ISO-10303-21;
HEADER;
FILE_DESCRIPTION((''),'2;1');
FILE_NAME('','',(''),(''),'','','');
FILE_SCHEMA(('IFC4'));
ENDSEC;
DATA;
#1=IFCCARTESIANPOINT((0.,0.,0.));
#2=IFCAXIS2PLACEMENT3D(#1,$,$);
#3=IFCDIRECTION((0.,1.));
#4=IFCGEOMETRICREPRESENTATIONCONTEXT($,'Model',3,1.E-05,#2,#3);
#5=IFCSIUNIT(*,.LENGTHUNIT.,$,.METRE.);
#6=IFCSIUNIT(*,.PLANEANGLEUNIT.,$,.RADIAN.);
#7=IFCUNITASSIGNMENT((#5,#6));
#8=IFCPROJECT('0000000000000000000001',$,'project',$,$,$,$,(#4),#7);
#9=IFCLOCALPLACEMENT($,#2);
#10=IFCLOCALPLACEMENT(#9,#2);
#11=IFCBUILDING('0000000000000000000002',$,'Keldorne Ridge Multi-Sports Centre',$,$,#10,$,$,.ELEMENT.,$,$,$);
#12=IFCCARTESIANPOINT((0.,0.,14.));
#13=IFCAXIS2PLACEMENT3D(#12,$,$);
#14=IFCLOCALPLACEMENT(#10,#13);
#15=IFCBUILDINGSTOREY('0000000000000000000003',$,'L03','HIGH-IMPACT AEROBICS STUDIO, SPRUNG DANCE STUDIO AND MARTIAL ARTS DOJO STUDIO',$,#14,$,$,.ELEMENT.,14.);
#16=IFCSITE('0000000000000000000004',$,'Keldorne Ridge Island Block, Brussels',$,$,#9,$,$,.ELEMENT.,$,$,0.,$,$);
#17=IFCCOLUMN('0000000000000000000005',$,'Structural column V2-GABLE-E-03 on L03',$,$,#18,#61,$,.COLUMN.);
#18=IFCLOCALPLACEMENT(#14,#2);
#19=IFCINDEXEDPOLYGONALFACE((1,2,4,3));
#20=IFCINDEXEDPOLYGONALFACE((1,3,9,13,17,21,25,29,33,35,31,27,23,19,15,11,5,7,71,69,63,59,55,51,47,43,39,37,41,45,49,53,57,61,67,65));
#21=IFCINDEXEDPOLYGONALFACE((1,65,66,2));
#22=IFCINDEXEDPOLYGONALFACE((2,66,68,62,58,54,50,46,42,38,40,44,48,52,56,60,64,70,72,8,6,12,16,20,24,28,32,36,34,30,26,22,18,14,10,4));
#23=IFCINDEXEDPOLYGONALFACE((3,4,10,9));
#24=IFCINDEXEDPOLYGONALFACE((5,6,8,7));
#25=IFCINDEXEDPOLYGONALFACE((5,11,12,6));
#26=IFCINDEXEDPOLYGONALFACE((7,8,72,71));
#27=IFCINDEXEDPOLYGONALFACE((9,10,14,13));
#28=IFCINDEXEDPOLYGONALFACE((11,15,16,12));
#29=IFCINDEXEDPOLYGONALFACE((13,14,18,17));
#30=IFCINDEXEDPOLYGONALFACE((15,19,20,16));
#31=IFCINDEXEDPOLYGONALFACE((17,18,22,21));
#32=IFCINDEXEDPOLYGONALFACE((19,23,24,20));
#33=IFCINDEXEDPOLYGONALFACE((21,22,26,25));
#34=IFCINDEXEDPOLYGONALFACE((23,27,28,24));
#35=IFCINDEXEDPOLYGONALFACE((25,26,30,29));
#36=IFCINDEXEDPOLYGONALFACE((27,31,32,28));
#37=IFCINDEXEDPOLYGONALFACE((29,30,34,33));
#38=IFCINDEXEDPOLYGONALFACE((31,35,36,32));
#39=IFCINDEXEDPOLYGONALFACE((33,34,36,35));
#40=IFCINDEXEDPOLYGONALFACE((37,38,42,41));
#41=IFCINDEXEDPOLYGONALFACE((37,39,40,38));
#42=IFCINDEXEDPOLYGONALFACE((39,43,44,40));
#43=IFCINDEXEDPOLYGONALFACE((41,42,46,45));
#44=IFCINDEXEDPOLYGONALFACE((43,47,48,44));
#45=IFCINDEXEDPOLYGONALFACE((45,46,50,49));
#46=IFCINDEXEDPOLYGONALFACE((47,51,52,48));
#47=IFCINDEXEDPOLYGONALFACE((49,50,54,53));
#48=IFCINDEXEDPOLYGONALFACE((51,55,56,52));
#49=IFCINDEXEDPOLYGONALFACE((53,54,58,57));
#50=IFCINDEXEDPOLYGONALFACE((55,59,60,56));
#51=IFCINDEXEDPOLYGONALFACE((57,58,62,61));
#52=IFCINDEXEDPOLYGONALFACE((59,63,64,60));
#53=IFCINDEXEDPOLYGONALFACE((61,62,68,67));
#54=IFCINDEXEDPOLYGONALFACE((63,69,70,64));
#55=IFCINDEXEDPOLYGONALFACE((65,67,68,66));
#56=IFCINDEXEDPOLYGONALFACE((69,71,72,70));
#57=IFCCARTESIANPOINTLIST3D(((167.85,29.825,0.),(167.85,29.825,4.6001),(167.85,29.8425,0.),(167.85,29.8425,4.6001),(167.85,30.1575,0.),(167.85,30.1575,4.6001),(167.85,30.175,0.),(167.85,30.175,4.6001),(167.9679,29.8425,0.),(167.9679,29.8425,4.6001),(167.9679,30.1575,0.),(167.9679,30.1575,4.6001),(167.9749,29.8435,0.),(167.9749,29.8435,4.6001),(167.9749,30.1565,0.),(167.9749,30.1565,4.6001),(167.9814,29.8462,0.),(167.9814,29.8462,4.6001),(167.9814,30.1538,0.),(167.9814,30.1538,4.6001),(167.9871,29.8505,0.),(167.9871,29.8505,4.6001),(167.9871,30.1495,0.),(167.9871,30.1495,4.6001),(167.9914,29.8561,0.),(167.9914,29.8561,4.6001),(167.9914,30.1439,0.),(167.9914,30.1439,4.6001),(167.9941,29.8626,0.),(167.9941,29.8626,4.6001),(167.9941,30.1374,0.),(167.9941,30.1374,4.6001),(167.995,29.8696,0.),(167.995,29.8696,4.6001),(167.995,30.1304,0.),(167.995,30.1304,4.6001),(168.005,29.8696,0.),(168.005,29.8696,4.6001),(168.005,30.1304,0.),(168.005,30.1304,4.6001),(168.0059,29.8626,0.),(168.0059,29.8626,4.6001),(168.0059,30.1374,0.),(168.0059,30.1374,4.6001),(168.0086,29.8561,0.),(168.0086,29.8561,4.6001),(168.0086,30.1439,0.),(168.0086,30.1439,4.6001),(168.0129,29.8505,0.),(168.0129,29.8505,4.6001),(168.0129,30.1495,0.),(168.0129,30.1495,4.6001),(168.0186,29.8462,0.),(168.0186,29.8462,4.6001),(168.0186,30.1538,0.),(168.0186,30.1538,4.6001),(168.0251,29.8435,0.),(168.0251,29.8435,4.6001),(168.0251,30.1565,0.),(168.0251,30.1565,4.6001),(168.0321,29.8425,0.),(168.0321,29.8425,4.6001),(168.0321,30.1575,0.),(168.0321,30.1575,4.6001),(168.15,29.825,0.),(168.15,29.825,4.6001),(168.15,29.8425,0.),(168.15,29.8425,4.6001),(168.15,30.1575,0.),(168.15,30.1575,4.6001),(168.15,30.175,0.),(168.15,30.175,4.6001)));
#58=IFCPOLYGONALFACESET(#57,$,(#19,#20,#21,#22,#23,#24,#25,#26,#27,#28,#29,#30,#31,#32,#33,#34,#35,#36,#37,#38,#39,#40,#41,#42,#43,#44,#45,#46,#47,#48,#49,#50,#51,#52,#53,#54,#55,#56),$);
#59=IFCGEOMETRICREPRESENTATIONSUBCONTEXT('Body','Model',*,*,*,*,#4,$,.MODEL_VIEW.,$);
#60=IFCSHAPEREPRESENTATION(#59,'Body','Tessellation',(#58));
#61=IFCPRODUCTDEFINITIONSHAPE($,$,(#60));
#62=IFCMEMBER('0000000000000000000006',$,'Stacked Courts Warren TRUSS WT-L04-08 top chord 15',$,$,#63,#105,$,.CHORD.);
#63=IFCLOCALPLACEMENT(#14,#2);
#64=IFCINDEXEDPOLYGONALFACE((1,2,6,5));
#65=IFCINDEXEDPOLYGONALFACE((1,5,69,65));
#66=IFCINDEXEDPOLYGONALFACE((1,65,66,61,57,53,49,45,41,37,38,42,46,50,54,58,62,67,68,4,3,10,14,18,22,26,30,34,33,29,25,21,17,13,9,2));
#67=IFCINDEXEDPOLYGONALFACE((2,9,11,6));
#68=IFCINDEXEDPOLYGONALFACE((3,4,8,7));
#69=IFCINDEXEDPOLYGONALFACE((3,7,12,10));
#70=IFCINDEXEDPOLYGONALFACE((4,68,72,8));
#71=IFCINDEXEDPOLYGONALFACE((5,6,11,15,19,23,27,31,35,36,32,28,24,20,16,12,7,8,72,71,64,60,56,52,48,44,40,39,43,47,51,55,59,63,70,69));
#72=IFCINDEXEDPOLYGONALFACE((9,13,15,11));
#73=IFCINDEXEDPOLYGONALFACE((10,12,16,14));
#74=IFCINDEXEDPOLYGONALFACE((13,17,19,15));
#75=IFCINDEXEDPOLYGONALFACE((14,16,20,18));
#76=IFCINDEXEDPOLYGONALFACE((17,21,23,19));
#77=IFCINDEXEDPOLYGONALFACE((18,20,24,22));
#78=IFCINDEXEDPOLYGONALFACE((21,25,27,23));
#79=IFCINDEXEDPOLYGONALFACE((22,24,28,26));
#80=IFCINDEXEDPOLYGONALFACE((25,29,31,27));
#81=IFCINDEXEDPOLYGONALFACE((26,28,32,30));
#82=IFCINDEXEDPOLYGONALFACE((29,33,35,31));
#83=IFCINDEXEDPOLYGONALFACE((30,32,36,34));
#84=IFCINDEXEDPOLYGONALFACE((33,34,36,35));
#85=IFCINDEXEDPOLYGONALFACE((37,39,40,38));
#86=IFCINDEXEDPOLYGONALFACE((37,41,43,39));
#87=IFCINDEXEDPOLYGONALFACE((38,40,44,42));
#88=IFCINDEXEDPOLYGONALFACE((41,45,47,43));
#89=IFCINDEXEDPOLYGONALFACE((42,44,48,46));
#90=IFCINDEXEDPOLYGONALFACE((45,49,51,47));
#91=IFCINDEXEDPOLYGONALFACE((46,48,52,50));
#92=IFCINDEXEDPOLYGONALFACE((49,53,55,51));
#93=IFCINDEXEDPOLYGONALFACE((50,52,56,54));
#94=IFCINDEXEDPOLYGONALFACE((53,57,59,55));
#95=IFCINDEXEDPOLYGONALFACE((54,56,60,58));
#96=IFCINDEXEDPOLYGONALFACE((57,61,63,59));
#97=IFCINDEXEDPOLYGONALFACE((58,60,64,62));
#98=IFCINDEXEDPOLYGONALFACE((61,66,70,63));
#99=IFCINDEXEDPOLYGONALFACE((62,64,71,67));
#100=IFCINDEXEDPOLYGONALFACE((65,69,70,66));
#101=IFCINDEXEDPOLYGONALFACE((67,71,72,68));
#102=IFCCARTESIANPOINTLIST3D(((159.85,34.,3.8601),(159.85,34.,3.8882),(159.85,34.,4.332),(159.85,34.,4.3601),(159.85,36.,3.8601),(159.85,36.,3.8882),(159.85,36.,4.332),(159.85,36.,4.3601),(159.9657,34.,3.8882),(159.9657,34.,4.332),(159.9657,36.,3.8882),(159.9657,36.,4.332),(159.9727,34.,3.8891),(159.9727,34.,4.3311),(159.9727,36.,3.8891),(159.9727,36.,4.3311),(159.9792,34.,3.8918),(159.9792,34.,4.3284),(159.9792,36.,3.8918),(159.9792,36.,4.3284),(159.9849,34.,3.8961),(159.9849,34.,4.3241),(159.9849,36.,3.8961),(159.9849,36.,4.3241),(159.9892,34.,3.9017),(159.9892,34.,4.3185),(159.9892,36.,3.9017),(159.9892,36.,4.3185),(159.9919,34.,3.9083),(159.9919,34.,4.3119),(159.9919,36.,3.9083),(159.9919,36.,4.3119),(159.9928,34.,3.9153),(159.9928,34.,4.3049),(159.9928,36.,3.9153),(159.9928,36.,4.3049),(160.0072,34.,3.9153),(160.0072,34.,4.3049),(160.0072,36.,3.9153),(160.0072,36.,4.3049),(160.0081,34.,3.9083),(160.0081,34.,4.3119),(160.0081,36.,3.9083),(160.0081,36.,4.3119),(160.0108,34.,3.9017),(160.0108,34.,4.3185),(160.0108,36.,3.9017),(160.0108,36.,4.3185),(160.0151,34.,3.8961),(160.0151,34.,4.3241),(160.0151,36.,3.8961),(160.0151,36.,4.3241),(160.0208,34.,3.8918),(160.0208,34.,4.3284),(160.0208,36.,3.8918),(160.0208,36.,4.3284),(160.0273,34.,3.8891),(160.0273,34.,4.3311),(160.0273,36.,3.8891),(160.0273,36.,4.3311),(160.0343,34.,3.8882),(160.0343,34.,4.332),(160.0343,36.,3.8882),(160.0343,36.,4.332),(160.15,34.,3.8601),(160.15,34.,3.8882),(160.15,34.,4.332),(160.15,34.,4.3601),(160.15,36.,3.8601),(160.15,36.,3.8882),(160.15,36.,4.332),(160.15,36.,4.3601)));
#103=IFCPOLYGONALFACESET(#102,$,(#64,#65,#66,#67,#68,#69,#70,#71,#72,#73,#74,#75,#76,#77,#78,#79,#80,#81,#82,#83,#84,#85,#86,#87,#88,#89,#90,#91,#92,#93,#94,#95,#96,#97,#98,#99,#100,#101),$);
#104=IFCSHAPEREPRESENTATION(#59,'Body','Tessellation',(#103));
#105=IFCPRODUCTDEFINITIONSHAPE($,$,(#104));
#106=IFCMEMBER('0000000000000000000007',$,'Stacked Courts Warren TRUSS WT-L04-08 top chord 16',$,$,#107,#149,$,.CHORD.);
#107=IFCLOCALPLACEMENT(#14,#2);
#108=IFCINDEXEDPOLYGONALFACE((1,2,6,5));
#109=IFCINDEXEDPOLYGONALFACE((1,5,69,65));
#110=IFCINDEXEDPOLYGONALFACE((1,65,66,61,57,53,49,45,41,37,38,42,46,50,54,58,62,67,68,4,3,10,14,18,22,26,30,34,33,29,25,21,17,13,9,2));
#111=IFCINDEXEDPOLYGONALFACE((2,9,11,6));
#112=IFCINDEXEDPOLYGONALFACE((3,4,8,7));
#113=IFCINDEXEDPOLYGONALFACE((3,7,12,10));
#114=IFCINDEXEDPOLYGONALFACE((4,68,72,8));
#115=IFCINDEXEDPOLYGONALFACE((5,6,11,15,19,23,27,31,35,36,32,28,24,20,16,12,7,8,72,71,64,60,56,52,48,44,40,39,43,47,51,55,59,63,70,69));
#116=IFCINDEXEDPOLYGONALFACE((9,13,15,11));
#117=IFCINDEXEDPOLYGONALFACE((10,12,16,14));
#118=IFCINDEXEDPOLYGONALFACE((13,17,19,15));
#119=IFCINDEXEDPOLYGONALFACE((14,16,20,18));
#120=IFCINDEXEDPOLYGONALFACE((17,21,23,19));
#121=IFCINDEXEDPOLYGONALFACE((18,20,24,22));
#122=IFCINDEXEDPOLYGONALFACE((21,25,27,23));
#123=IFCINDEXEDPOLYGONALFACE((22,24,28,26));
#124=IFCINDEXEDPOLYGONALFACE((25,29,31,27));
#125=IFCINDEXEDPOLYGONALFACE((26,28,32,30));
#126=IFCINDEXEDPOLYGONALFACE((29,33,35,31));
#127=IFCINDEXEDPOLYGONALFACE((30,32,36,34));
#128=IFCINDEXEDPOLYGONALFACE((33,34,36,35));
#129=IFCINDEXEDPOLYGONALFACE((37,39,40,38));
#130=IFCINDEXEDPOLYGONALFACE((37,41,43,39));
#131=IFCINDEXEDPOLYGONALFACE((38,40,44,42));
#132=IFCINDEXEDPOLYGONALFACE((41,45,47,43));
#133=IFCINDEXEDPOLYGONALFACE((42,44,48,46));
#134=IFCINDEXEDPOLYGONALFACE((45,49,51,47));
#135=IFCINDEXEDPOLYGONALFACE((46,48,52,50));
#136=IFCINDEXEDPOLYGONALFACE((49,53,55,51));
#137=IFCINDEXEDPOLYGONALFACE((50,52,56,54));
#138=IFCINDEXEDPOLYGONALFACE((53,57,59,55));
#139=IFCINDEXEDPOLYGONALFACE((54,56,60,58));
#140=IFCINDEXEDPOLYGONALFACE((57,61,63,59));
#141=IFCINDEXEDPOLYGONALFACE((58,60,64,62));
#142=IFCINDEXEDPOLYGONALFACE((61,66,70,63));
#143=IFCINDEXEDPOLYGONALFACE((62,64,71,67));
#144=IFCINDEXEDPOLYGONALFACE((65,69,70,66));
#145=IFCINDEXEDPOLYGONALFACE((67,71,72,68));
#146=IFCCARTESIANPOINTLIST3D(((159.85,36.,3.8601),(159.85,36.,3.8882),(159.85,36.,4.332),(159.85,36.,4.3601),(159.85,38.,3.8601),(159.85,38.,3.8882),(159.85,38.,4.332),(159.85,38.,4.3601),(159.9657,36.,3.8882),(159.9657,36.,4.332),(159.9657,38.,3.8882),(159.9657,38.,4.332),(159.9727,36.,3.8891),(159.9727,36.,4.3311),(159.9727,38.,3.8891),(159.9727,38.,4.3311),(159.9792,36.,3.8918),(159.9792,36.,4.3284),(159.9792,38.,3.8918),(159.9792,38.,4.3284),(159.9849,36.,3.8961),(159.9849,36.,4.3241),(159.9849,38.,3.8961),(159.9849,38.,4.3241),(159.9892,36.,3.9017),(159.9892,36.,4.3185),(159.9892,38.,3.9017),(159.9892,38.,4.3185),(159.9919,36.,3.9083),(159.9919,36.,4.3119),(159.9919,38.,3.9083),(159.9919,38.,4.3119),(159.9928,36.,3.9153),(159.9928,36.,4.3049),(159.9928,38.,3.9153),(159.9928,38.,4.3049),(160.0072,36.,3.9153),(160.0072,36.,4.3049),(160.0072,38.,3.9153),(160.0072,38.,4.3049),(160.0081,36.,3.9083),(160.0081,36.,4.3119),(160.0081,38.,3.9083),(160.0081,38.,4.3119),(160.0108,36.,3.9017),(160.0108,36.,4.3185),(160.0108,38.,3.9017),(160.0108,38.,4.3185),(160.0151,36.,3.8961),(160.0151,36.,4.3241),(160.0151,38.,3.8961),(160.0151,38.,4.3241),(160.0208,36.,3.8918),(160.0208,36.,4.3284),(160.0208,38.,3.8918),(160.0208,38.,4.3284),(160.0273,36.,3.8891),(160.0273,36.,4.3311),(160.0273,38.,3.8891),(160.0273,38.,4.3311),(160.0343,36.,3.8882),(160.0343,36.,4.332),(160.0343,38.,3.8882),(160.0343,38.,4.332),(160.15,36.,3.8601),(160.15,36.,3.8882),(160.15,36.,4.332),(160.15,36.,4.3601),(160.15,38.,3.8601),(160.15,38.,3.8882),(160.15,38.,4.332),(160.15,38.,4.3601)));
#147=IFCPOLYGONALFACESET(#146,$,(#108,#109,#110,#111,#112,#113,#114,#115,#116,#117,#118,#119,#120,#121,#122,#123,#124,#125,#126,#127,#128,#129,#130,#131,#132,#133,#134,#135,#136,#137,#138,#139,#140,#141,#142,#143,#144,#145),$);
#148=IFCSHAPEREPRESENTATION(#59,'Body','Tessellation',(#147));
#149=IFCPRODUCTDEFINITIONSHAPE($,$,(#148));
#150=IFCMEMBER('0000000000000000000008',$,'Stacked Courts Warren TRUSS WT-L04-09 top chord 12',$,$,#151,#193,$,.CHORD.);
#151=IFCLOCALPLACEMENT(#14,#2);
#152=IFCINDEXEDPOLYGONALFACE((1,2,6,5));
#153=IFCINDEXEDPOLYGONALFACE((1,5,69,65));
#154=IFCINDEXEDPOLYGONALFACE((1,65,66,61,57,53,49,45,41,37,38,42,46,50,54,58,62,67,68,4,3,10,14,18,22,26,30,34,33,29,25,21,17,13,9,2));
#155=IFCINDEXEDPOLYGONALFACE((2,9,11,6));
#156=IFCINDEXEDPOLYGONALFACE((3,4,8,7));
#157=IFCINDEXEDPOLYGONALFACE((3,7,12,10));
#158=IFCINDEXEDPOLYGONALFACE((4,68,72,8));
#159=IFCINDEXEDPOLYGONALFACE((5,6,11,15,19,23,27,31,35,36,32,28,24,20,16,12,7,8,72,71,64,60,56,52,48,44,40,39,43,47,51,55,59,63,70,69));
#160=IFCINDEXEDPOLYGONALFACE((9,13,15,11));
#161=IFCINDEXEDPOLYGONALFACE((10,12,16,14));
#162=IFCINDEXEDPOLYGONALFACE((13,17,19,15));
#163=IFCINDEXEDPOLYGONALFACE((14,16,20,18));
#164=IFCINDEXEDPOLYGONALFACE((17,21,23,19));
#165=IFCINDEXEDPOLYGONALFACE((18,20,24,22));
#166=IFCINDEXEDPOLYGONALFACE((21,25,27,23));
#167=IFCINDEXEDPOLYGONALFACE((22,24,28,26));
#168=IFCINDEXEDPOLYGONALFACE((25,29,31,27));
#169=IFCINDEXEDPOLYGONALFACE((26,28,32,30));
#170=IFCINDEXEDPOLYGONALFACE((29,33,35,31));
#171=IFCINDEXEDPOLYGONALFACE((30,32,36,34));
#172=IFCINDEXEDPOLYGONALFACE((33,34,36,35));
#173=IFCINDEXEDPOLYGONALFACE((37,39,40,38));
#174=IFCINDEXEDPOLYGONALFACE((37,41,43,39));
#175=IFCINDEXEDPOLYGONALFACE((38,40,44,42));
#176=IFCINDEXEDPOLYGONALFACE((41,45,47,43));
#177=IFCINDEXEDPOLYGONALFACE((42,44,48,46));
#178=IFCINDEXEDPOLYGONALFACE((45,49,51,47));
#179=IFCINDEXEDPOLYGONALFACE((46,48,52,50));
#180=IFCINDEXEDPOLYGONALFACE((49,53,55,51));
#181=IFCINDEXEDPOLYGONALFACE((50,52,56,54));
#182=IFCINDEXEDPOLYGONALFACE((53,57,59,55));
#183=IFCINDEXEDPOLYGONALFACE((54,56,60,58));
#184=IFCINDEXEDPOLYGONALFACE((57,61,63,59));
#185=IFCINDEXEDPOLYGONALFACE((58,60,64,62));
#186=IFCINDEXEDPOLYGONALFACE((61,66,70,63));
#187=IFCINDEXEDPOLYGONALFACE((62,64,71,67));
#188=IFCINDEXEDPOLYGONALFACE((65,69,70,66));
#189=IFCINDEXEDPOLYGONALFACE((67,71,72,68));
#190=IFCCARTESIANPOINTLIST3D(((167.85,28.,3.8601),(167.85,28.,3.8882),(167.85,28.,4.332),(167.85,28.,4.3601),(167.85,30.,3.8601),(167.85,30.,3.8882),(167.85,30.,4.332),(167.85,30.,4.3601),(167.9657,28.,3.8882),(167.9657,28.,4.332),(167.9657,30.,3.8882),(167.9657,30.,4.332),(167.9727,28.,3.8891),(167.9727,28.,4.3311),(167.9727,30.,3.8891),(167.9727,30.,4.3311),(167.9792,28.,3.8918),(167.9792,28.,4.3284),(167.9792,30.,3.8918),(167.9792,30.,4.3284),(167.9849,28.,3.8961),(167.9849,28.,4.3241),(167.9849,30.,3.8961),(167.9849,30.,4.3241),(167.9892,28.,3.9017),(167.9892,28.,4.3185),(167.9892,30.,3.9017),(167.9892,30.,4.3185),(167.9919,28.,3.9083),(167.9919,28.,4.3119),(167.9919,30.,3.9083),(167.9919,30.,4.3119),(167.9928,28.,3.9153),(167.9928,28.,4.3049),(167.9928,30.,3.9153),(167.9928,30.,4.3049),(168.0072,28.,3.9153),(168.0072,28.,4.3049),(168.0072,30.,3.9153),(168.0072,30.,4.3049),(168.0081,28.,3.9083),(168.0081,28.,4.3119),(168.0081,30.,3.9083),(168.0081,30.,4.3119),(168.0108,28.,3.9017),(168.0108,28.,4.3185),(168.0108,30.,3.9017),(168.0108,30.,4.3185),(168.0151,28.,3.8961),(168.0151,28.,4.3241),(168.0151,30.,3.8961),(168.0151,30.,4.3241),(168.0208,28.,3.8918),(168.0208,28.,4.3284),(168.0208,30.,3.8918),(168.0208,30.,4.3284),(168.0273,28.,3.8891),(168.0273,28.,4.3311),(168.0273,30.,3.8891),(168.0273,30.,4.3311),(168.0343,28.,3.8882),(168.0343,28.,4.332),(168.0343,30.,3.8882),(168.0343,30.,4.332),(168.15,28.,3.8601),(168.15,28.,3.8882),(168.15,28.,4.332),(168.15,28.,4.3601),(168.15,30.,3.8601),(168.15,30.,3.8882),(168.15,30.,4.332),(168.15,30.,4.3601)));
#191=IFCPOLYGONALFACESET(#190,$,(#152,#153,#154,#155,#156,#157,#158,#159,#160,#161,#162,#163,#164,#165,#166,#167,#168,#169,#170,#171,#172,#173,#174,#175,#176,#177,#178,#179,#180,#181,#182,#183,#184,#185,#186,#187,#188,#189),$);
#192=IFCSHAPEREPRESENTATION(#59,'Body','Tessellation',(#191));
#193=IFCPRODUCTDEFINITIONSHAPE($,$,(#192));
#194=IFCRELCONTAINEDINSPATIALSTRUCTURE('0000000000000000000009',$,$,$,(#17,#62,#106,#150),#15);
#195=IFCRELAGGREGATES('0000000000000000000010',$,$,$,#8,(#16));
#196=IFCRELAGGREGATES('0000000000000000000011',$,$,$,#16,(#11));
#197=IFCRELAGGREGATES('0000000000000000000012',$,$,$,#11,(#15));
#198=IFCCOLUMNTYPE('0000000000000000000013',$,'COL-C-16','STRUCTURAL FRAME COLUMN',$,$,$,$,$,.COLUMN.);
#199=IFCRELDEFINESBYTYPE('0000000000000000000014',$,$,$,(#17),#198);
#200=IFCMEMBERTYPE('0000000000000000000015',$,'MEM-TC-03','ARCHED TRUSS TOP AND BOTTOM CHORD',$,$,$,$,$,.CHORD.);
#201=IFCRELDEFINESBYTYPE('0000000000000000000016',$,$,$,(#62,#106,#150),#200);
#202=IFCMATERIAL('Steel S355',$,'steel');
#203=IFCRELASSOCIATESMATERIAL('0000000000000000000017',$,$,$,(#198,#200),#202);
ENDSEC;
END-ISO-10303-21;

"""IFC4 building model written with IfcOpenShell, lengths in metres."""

from ifc_helpers import new_model, si_unit, direction, frame, origin, origin_2d, place, context, subcontext, project, spatial, i_section, extrude, material, material_profile, profile_set, type_object, element, save


model = new_model("IFC4")

# Units and contexts
model_context = context("Model", 3, precision=1e-05, world=origin(), true_north=direction((0.0, 1.0)))
body_context = subcontext(model_context, "Body", "Model", "MODEL_VIEW")
ifc_project = project(units=[si_unit("LENGTHUNIT", "METRE"), si_unit("PLANEANGLEUNIT", "RADIAN")], contexts=[model_context])

# Site, building, storey
site_placement = place(None, origin())
site = spatial("IfcSite", under=ifc_project, at=site_placement, Name="Keldorne Ridge Island Block, Brussels", CompositionType="ELEMENT", RefElevation=0.0)
building_placement = place(site_placement, origin())
building = spatial("IfcBuilding", under=site, at=building_placement, Name="Keldorne Ridge Multi-Sports Centre", CompositionType="ELEMENT")
storey_placement = place(building_placement, frame((0.0, 0.0, 14.0)))
storey = spatial("IfcBuildingStorey", under=building, at=storey_placement, Name="L03", Description="HIGH-IMPACT AEROBICS STUDIO, SPRUNG DANCE STUDIO AND MARTIAL ARTS DOJO STUDIO", CompositionType="ELEMENT", Elevation=14.0)

# Column
ifc_material_1 = material(Name="Steel S355", Category="steel")
ifc_material_profile_1 = material_profile(ifc_material_1, i_section(OverallWidth=0.3, OverallDepth=0.3501, WebThickness=0.01, FlangeThickness=0.0176, FilletRadius=0.0271, at=origin_2d()), Name="HEA 360")
ifc_profile_set_1 = profile_set([ifc_material_profile_1], Name="Steel S355")
column_type = type_object("IfcColumnType", Name="COL-C-16", Description="STRUCTURAL FRAME COLUMN", PredefinedType="COLUMN", material=ifc_profile_set_1)
column_placement = place(storey_placement, frame((168.0, 30.0, 0.0), z_axis=(0.0, 0.0, 1.0), x_axis=(1.0, 0.0, 0.0)))
element("IfcColumn", 1, at=column_placement, inside=storey, type_object=column_type, Name="Structural column V2-GABLE-E-03 on L03", PredefinedType="COLUMN", context=body_context, shape_type="SweptSolid", body=[
    extrude(i_section(OverallWidth=0.3, OverallDepth=0.3501, WebThickness=0.01, FlangeThickness=0.0176, FilletRadius=0.0271, at=origin_2d()), origin(), (0.0, 0.0, 1.0), 4.6001),
])

# Members
ifc_material_profile_2 = material_profile(ifc_material_1, i_section(OverallWidth=0.3, OverallDepth=0.5, WebThickness=0.0144, FlangeThickness=0.0281, FilletRadius=0.0271, at=origin_2d()), Name="HEB 500")
ifc_profile_set_2 = profile_set([ifc_material_profile_2], Name="Steel S355")
member_type_1 = type_object("IfcMemberType", Name="MEM-TC-03", Description="ARCHED TRUSS TOP AND BOTTOM CHORD", PredefinedType="CHORD", material=ifc_profile_set_2)
for number, where, z_axis, x_axis, name in (
    (2, (160.0, 34.0, 4.1101), (0.0, 1.0, 0.0), (-1.0, 0.0, 0.0), "Stacked Courts Warren TRUSS WT-L04-08 top chord 15"),
    (3, (160.0, 36.0, 4.1101), (0.0, 1.0, 0.0), (-1.0, 0.0, 0.0), "Stacked Courts Warren TRUSS WT-L04-08 top chord 16"),
    (4, (168.0, 28.0, 4.1101), (0.0, 1.0, 0.0), (-1.0, 0.0, 0.0), "Stacked Courts Warren TRUSS WT-L04-09 top chord 12"),
):
    element("IfcMember", number, at=place(storey_placement, frame(where, z_axis=z_axis, x_axis=x_axis)), inside=storey, type_object=member_type_1, Name=name, PredefinedType="CHORD", context=body_context, shape_type="SweptSolid", body=[
        extrude(i_section(OverallWidth=0.3, OverallDepth=0.5, WebThickness=0.0144, FlangeThickness=0.0281, FilletRadius=0.0271, at=origin_2d()), origin(), (0.0, 0.0, 1.0), 2.0),
    ])

save(model, "model.ifc")
